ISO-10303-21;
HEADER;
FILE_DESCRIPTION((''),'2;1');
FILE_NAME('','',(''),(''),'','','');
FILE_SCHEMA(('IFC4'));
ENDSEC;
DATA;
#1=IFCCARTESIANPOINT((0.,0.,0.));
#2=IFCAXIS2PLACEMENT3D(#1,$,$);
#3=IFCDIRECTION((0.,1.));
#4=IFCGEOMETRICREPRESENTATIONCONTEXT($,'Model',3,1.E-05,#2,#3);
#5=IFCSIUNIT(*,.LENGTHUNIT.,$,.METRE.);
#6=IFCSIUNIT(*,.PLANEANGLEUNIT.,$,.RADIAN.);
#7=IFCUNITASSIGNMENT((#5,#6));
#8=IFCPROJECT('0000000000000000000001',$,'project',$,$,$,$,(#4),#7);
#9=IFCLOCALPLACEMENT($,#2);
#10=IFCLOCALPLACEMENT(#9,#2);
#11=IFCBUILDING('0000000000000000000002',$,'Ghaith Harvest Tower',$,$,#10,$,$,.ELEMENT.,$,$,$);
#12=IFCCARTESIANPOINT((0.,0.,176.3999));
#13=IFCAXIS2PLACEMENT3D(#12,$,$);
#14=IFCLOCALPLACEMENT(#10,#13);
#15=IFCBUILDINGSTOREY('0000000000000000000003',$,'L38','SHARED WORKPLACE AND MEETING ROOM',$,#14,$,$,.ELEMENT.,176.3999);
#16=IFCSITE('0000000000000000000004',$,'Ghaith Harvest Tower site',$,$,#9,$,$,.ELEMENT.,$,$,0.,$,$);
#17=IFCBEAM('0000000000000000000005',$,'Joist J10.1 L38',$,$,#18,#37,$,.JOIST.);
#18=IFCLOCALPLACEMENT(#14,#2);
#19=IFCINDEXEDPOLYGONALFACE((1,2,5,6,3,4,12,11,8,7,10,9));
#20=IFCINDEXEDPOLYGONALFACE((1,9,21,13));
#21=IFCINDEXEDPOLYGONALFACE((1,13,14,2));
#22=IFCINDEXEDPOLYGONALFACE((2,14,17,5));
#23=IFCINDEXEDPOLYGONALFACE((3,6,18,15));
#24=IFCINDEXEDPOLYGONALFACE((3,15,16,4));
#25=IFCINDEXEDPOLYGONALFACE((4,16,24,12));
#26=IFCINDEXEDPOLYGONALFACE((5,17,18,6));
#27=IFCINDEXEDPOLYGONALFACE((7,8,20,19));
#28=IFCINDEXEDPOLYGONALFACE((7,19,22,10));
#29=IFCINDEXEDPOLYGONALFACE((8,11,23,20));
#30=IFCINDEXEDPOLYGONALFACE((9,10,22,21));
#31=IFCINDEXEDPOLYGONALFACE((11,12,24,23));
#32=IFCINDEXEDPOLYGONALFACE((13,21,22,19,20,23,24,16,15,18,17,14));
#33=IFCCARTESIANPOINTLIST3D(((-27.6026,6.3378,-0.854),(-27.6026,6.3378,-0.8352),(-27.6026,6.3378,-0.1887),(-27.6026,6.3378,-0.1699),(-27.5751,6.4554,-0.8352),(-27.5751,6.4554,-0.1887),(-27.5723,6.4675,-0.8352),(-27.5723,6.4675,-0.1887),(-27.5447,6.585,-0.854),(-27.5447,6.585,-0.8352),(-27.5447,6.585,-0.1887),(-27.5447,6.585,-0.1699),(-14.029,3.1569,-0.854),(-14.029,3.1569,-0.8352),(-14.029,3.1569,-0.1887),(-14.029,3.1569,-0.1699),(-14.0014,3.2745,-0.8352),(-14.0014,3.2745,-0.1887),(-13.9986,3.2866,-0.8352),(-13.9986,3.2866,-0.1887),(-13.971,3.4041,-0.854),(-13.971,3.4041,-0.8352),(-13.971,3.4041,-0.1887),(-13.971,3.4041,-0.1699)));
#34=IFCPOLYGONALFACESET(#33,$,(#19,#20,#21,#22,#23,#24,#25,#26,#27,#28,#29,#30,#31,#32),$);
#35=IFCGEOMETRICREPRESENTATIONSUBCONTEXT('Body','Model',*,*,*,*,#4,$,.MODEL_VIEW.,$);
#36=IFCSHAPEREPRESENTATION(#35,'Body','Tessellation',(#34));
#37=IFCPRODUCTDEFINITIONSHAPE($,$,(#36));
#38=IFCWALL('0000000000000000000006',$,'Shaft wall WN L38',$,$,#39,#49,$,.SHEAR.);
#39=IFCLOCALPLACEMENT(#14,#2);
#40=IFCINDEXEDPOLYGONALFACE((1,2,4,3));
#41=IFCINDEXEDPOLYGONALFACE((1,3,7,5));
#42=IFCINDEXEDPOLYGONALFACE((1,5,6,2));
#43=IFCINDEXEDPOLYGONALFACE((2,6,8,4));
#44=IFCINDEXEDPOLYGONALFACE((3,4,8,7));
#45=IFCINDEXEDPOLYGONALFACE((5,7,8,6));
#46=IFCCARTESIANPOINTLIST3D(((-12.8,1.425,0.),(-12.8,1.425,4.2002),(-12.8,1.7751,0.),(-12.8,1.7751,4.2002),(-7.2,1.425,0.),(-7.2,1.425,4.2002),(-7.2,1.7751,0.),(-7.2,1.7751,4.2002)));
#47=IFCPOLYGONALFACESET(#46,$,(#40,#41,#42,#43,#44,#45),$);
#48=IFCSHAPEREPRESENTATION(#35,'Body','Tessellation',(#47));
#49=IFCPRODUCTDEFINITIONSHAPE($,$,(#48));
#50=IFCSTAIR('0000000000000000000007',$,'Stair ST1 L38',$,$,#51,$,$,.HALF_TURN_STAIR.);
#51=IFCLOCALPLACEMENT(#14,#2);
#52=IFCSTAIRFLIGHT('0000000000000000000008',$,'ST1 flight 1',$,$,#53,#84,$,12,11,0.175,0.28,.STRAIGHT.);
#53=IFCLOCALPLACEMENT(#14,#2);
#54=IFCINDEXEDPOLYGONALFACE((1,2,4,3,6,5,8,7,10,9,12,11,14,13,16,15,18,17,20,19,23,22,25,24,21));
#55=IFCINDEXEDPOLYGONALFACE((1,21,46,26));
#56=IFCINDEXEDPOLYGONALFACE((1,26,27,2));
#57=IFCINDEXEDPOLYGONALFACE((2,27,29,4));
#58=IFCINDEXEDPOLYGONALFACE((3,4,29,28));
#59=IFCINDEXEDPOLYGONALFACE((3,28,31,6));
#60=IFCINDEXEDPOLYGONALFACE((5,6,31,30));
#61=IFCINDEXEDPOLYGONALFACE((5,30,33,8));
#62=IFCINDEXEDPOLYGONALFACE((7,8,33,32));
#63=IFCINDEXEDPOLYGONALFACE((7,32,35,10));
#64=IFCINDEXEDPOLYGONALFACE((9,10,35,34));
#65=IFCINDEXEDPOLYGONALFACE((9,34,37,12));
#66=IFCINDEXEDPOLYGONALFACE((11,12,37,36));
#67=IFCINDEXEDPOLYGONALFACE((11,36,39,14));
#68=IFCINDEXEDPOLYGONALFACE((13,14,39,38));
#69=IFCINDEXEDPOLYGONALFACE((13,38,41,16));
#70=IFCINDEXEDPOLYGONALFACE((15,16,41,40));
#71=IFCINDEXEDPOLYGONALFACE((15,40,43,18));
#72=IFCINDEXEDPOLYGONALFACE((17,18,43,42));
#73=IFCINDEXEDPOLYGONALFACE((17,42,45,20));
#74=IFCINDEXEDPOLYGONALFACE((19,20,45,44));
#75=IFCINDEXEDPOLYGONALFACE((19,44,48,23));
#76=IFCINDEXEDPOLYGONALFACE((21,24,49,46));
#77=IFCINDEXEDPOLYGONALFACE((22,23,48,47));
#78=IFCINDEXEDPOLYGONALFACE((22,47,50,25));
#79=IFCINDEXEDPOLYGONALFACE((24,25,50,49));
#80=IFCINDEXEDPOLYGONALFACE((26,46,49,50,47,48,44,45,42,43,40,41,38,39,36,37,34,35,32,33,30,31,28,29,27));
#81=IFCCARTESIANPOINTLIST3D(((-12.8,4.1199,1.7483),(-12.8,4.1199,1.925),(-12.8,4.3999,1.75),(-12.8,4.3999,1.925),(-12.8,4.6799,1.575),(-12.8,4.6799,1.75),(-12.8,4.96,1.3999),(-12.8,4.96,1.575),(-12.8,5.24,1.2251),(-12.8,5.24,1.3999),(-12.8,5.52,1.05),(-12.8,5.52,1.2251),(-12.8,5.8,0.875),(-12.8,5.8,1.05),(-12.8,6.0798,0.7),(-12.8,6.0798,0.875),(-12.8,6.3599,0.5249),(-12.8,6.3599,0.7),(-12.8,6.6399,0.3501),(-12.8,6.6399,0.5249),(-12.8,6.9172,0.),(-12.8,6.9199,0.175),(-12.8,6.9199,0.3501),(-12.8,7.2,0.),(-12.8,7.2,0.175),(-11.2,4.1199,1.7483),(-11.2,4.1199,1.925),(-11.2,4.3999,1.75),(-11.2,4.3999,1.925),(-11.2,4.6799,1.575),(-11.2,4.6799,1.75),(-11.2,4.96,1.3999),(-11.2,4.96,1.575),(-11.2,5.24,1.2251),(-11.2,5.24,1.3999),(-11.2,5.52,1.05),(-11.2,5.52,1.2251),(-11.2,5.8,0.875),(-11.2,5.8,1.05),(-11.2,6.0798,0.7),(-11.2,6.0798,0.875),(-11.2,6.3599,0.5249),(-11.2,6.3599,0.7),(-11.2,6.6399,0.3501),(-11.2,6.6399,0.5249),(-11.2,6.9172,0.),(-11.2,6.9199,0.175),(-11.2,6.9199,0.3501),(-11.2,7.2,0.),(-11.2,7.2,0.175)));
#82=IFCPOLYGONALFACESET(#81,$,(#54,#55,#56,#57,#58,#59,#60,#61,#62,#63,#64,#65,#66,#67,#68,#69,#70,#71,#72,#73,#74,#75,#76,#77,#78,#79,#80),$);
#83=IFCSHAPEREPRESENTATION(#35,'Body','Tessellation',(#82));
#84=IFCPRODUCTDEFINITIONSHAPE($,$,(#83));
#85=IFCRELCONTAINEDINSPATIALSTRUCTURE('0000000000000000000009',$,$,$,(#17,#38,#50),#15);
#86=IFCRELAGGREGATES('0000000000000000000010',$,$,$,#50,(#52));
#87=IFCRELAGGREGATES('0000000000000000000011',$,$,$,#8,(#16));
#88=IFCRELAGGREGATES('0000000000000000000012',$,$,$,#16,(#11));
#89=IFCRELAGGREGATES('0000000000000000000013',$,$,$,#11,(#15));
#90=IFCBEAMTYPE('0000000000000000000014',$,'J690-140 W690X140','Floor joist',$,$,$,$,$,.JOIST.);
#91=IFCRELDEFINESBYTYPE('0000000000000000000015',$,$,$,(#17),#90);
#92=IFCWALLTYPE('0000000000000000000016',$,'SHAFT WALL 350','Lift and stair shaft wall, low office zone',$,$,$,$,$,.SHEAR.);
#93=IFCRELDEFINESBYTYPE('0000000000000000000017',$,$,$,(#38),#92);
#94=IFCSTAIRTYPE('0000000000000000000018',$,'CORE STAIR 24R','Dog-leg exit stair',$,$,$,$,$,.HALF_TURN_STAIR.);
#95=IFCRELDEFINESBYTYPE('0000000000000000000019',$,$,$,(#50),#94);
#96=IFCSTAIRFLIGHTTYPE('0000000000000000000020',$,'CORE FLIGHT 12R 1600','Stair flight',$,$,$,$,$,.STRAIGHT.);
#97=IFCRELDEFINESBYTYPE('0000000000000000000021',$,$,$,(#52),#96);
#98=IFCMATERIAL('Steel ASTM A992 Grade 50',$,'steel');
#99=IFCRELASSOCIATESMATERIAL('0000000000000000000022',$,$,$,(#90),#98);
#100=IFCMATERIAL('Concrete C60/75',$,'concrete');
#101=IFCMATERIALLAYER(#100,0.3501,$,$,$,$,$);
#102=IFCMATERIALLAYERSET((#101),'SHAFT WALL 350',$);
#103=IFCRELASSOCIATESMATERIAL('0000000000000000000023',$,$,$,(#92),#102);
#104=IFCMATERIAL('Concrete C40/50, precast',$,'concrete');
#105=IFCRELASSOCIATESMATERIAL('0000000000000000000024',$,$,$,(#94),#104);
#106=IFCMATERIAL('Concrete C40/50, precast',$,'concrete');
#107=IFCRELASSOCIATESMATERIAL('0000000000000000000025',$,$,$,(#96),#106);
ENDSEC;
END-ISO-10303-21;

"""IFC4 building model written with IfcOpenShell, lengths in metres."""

from ifc_helpers import new_model, si_unit, direction, frame, frame_2d, origin, origin_2d, place, context, subcontext, project, spatial, polyline, rectangle, i_section, outline, extrude, material, layer, layer_set, material_profile, profile_set, type_object, element, aggregate, save


model = new_model("IFC4")

# Units and contexts
model_context = context("Model", 3, precision=1e-05, world=origin(), true_north=direction((0.0, 1.0)))
body_context = subcontext(model_context, "Body", "Model", "MODEL_VIEW")
ifc_project = project(units=[si_unit("LENGTHUNIT", "METRE"), si_unit("PLANEANGLEUNIT", "RADIAN")], contexts=[model_context])

# Site, building, storey
site_placement = place(None, origin())
site = spatial("IfcSite", under=ifc_project, at=site_placement, Name="Ghaith Harvest Tower site", CompositionType="ELEMENT", RefElevation=0.0)
building_placement = place(site_placement, origin())
building = spatial("IfcBuilding", under=site, at=building_placement, Name="Ghaith Harvest Tower", CompositionType="ELEMENT")
storey_placement = place(building_placement, frame((0.0, 0.0, 176.3999)))
storey = spatial("IfcBuildingStorey", under=building, at=storey_placement, Name="L38", Description="SHARED WORKPLACE AND MEETING ROOM", CompositionType="ELEMENT", Elevation=176.3999)

# Beam
ifc_material_1 = material(Name="Steel ASTM A992 Grade 50", Category="steel")
ifc_material_profile_1 = material_profile(ifc_material_1, i_section(OverallWidth=0.2539, OverallDepth=0.6841, WebThickness=0.0125, FlangeThickness=0.0188, at=origin_2d()), Name="W690X140")
ifc_profile_set_1 = profile_set([ifc_material_profile_1], Name="Steel ASTM A992 Grade 50")
beam_type_1 = type_object("IfcBeamType", Name="J690-140 W690X140", Description="Floor joist", PredefinedType="JOIST", material=ifc_profile_set_1)
beam_1_placement = place(storey_placement, frame((-14.0, 3.2805, -0.512), z_axis=(-0.973623, 0.228162, 0.0), x_axis=(-0.228162, -0.973623, 0.0)))
element("IfcBeam", 1, at=beam_1_placement, inside=storey, type_object=beam_type_1, Name="Joist J10.1 L38", PredefinedType="JOIST", context=body_context, shape_type="SweptSolid", body=[
    extrude(i_section(OverallWidth=0.2539, OverallDepth=0.6841, WebThickness=0.0125, FlangeThickness=0.0188, at=origin_2d()), origin(), (0.0, 0.0, 1.0), 13.9414),
])

# Wall
ifc_material_2 = material(Name="Concrete C60/75", Category="concrete")
ifc_layer_1 = layer(ifc_material_2, 0.3501)
ifc_layer_set_1 = layer_set([ifc_layer_1], Name="SHAFT WALL 350")
wall_type_1 = type_object("IfcWallType", Name="SHAFT WALL 350", Description="Lift and stair shaft wall, low office zone", PredefinedType="SHEAR", material=ifc_layer_set_1)
wall_1_placement = place(storey_placement, frame((-12.8, 1.6001, 0.0), z_axis=(0.0, 0.0, 1.0), x_axis=(1.0, 0.0, 0.0)))
element("IfcWall", 2, at=wall_1_placement, inside=storey, type_object=wall_type_1, Name="Shaft wall WN L38", PredefinedType="SHEAR", context=body_context, shape_type="SweptSolid", body=[
    extrude(rectangle(XDim=5.6001, YDim=0.3501, at=frame_2d((2.8, 0.0))), origin(), (0.0, 0.0, 1.0), 4.2002),
])

# Stair, stair flight
ifc_material_3 = material(Name="Concrete C40/50, precast", Category="concrete")
stair_type = type_object("IfcStairType", Name="CORE STAIR 24R", Description="Dog-leg exit stair", PredefinedType="HALF_TURN_STAIR", material=ifc_material_3)
stair_placement = place(storey_placement, origin())
stair = element("IfcStair", 3, at=stair_placement, inside=storey, type_object=stair_type, Name="Stair ST1 L38", PredefinedType="HALF_TURN_STAIR")
ifc_material_4 = material(Name="Concrete C40/50, precast", Category="concrete")
stair_flight_type = type_object("IfcStairFlightType", Name="CORE FLIGHT 12R 1600", Description="Stair flight", PredefinedType="STRAIGHT", material=ifc_material_4)
stair_flight_placement = place(storey_placement, frame((-12.0, 7.2, 0.0), z_axis=(0.0, 0.0, 1.0), x_axis=(0.0, -1.0, 0.0)))
stair_flight = element("IfcStairFlight", 4, at=stair_flight_placement, type_object=stair_flight_type, Name="ST1 flight 1", NumberOfRisers=12, NumberOfTreads=11, PredefinedType="STRAIGHT", RiserHeight=0.175, TreadLength=0.28, context=body_context, shape_type="SweptSolid", body=[
    extrude(outline(polyline([(0.0, 0.0), (0.0, 0.175), (0.28, 0.175), (0.28, 0.3501), (0.5601, 0.3501), (0.5601, 0.5249), (0.8401, 0.5249), (0.8401, 0.7), (1.1201, 0.7), (1.1201, 0.875), (1.3999, 0.875), (1.3999, 1.05), (1.6799, 1.05), (1.6799, 1.2251), (1.96, 1.2251), (1.96, 1.3999), (2.24, 1.3999), (2.24, 1.575), (2.52, 1.575), (2.52, 1.75), (2.8, 1.75), (2.8, 1.925), (3.0801, 1.925), (3.0801, 2.1001), (3.0801, 1.7483), (0.2827, 0.0), (0.0, 0.0)])), frame((0.0, 0.8, 0.0), z_axis=(0.0, -1.0, 0.0), x_axis=(1.0, 0.0, 0.0)), (0.0, 0.0, 1.0), 1.6001),
])
aggregate(stair, [stair_flight])

save(model, "model.ifc")
